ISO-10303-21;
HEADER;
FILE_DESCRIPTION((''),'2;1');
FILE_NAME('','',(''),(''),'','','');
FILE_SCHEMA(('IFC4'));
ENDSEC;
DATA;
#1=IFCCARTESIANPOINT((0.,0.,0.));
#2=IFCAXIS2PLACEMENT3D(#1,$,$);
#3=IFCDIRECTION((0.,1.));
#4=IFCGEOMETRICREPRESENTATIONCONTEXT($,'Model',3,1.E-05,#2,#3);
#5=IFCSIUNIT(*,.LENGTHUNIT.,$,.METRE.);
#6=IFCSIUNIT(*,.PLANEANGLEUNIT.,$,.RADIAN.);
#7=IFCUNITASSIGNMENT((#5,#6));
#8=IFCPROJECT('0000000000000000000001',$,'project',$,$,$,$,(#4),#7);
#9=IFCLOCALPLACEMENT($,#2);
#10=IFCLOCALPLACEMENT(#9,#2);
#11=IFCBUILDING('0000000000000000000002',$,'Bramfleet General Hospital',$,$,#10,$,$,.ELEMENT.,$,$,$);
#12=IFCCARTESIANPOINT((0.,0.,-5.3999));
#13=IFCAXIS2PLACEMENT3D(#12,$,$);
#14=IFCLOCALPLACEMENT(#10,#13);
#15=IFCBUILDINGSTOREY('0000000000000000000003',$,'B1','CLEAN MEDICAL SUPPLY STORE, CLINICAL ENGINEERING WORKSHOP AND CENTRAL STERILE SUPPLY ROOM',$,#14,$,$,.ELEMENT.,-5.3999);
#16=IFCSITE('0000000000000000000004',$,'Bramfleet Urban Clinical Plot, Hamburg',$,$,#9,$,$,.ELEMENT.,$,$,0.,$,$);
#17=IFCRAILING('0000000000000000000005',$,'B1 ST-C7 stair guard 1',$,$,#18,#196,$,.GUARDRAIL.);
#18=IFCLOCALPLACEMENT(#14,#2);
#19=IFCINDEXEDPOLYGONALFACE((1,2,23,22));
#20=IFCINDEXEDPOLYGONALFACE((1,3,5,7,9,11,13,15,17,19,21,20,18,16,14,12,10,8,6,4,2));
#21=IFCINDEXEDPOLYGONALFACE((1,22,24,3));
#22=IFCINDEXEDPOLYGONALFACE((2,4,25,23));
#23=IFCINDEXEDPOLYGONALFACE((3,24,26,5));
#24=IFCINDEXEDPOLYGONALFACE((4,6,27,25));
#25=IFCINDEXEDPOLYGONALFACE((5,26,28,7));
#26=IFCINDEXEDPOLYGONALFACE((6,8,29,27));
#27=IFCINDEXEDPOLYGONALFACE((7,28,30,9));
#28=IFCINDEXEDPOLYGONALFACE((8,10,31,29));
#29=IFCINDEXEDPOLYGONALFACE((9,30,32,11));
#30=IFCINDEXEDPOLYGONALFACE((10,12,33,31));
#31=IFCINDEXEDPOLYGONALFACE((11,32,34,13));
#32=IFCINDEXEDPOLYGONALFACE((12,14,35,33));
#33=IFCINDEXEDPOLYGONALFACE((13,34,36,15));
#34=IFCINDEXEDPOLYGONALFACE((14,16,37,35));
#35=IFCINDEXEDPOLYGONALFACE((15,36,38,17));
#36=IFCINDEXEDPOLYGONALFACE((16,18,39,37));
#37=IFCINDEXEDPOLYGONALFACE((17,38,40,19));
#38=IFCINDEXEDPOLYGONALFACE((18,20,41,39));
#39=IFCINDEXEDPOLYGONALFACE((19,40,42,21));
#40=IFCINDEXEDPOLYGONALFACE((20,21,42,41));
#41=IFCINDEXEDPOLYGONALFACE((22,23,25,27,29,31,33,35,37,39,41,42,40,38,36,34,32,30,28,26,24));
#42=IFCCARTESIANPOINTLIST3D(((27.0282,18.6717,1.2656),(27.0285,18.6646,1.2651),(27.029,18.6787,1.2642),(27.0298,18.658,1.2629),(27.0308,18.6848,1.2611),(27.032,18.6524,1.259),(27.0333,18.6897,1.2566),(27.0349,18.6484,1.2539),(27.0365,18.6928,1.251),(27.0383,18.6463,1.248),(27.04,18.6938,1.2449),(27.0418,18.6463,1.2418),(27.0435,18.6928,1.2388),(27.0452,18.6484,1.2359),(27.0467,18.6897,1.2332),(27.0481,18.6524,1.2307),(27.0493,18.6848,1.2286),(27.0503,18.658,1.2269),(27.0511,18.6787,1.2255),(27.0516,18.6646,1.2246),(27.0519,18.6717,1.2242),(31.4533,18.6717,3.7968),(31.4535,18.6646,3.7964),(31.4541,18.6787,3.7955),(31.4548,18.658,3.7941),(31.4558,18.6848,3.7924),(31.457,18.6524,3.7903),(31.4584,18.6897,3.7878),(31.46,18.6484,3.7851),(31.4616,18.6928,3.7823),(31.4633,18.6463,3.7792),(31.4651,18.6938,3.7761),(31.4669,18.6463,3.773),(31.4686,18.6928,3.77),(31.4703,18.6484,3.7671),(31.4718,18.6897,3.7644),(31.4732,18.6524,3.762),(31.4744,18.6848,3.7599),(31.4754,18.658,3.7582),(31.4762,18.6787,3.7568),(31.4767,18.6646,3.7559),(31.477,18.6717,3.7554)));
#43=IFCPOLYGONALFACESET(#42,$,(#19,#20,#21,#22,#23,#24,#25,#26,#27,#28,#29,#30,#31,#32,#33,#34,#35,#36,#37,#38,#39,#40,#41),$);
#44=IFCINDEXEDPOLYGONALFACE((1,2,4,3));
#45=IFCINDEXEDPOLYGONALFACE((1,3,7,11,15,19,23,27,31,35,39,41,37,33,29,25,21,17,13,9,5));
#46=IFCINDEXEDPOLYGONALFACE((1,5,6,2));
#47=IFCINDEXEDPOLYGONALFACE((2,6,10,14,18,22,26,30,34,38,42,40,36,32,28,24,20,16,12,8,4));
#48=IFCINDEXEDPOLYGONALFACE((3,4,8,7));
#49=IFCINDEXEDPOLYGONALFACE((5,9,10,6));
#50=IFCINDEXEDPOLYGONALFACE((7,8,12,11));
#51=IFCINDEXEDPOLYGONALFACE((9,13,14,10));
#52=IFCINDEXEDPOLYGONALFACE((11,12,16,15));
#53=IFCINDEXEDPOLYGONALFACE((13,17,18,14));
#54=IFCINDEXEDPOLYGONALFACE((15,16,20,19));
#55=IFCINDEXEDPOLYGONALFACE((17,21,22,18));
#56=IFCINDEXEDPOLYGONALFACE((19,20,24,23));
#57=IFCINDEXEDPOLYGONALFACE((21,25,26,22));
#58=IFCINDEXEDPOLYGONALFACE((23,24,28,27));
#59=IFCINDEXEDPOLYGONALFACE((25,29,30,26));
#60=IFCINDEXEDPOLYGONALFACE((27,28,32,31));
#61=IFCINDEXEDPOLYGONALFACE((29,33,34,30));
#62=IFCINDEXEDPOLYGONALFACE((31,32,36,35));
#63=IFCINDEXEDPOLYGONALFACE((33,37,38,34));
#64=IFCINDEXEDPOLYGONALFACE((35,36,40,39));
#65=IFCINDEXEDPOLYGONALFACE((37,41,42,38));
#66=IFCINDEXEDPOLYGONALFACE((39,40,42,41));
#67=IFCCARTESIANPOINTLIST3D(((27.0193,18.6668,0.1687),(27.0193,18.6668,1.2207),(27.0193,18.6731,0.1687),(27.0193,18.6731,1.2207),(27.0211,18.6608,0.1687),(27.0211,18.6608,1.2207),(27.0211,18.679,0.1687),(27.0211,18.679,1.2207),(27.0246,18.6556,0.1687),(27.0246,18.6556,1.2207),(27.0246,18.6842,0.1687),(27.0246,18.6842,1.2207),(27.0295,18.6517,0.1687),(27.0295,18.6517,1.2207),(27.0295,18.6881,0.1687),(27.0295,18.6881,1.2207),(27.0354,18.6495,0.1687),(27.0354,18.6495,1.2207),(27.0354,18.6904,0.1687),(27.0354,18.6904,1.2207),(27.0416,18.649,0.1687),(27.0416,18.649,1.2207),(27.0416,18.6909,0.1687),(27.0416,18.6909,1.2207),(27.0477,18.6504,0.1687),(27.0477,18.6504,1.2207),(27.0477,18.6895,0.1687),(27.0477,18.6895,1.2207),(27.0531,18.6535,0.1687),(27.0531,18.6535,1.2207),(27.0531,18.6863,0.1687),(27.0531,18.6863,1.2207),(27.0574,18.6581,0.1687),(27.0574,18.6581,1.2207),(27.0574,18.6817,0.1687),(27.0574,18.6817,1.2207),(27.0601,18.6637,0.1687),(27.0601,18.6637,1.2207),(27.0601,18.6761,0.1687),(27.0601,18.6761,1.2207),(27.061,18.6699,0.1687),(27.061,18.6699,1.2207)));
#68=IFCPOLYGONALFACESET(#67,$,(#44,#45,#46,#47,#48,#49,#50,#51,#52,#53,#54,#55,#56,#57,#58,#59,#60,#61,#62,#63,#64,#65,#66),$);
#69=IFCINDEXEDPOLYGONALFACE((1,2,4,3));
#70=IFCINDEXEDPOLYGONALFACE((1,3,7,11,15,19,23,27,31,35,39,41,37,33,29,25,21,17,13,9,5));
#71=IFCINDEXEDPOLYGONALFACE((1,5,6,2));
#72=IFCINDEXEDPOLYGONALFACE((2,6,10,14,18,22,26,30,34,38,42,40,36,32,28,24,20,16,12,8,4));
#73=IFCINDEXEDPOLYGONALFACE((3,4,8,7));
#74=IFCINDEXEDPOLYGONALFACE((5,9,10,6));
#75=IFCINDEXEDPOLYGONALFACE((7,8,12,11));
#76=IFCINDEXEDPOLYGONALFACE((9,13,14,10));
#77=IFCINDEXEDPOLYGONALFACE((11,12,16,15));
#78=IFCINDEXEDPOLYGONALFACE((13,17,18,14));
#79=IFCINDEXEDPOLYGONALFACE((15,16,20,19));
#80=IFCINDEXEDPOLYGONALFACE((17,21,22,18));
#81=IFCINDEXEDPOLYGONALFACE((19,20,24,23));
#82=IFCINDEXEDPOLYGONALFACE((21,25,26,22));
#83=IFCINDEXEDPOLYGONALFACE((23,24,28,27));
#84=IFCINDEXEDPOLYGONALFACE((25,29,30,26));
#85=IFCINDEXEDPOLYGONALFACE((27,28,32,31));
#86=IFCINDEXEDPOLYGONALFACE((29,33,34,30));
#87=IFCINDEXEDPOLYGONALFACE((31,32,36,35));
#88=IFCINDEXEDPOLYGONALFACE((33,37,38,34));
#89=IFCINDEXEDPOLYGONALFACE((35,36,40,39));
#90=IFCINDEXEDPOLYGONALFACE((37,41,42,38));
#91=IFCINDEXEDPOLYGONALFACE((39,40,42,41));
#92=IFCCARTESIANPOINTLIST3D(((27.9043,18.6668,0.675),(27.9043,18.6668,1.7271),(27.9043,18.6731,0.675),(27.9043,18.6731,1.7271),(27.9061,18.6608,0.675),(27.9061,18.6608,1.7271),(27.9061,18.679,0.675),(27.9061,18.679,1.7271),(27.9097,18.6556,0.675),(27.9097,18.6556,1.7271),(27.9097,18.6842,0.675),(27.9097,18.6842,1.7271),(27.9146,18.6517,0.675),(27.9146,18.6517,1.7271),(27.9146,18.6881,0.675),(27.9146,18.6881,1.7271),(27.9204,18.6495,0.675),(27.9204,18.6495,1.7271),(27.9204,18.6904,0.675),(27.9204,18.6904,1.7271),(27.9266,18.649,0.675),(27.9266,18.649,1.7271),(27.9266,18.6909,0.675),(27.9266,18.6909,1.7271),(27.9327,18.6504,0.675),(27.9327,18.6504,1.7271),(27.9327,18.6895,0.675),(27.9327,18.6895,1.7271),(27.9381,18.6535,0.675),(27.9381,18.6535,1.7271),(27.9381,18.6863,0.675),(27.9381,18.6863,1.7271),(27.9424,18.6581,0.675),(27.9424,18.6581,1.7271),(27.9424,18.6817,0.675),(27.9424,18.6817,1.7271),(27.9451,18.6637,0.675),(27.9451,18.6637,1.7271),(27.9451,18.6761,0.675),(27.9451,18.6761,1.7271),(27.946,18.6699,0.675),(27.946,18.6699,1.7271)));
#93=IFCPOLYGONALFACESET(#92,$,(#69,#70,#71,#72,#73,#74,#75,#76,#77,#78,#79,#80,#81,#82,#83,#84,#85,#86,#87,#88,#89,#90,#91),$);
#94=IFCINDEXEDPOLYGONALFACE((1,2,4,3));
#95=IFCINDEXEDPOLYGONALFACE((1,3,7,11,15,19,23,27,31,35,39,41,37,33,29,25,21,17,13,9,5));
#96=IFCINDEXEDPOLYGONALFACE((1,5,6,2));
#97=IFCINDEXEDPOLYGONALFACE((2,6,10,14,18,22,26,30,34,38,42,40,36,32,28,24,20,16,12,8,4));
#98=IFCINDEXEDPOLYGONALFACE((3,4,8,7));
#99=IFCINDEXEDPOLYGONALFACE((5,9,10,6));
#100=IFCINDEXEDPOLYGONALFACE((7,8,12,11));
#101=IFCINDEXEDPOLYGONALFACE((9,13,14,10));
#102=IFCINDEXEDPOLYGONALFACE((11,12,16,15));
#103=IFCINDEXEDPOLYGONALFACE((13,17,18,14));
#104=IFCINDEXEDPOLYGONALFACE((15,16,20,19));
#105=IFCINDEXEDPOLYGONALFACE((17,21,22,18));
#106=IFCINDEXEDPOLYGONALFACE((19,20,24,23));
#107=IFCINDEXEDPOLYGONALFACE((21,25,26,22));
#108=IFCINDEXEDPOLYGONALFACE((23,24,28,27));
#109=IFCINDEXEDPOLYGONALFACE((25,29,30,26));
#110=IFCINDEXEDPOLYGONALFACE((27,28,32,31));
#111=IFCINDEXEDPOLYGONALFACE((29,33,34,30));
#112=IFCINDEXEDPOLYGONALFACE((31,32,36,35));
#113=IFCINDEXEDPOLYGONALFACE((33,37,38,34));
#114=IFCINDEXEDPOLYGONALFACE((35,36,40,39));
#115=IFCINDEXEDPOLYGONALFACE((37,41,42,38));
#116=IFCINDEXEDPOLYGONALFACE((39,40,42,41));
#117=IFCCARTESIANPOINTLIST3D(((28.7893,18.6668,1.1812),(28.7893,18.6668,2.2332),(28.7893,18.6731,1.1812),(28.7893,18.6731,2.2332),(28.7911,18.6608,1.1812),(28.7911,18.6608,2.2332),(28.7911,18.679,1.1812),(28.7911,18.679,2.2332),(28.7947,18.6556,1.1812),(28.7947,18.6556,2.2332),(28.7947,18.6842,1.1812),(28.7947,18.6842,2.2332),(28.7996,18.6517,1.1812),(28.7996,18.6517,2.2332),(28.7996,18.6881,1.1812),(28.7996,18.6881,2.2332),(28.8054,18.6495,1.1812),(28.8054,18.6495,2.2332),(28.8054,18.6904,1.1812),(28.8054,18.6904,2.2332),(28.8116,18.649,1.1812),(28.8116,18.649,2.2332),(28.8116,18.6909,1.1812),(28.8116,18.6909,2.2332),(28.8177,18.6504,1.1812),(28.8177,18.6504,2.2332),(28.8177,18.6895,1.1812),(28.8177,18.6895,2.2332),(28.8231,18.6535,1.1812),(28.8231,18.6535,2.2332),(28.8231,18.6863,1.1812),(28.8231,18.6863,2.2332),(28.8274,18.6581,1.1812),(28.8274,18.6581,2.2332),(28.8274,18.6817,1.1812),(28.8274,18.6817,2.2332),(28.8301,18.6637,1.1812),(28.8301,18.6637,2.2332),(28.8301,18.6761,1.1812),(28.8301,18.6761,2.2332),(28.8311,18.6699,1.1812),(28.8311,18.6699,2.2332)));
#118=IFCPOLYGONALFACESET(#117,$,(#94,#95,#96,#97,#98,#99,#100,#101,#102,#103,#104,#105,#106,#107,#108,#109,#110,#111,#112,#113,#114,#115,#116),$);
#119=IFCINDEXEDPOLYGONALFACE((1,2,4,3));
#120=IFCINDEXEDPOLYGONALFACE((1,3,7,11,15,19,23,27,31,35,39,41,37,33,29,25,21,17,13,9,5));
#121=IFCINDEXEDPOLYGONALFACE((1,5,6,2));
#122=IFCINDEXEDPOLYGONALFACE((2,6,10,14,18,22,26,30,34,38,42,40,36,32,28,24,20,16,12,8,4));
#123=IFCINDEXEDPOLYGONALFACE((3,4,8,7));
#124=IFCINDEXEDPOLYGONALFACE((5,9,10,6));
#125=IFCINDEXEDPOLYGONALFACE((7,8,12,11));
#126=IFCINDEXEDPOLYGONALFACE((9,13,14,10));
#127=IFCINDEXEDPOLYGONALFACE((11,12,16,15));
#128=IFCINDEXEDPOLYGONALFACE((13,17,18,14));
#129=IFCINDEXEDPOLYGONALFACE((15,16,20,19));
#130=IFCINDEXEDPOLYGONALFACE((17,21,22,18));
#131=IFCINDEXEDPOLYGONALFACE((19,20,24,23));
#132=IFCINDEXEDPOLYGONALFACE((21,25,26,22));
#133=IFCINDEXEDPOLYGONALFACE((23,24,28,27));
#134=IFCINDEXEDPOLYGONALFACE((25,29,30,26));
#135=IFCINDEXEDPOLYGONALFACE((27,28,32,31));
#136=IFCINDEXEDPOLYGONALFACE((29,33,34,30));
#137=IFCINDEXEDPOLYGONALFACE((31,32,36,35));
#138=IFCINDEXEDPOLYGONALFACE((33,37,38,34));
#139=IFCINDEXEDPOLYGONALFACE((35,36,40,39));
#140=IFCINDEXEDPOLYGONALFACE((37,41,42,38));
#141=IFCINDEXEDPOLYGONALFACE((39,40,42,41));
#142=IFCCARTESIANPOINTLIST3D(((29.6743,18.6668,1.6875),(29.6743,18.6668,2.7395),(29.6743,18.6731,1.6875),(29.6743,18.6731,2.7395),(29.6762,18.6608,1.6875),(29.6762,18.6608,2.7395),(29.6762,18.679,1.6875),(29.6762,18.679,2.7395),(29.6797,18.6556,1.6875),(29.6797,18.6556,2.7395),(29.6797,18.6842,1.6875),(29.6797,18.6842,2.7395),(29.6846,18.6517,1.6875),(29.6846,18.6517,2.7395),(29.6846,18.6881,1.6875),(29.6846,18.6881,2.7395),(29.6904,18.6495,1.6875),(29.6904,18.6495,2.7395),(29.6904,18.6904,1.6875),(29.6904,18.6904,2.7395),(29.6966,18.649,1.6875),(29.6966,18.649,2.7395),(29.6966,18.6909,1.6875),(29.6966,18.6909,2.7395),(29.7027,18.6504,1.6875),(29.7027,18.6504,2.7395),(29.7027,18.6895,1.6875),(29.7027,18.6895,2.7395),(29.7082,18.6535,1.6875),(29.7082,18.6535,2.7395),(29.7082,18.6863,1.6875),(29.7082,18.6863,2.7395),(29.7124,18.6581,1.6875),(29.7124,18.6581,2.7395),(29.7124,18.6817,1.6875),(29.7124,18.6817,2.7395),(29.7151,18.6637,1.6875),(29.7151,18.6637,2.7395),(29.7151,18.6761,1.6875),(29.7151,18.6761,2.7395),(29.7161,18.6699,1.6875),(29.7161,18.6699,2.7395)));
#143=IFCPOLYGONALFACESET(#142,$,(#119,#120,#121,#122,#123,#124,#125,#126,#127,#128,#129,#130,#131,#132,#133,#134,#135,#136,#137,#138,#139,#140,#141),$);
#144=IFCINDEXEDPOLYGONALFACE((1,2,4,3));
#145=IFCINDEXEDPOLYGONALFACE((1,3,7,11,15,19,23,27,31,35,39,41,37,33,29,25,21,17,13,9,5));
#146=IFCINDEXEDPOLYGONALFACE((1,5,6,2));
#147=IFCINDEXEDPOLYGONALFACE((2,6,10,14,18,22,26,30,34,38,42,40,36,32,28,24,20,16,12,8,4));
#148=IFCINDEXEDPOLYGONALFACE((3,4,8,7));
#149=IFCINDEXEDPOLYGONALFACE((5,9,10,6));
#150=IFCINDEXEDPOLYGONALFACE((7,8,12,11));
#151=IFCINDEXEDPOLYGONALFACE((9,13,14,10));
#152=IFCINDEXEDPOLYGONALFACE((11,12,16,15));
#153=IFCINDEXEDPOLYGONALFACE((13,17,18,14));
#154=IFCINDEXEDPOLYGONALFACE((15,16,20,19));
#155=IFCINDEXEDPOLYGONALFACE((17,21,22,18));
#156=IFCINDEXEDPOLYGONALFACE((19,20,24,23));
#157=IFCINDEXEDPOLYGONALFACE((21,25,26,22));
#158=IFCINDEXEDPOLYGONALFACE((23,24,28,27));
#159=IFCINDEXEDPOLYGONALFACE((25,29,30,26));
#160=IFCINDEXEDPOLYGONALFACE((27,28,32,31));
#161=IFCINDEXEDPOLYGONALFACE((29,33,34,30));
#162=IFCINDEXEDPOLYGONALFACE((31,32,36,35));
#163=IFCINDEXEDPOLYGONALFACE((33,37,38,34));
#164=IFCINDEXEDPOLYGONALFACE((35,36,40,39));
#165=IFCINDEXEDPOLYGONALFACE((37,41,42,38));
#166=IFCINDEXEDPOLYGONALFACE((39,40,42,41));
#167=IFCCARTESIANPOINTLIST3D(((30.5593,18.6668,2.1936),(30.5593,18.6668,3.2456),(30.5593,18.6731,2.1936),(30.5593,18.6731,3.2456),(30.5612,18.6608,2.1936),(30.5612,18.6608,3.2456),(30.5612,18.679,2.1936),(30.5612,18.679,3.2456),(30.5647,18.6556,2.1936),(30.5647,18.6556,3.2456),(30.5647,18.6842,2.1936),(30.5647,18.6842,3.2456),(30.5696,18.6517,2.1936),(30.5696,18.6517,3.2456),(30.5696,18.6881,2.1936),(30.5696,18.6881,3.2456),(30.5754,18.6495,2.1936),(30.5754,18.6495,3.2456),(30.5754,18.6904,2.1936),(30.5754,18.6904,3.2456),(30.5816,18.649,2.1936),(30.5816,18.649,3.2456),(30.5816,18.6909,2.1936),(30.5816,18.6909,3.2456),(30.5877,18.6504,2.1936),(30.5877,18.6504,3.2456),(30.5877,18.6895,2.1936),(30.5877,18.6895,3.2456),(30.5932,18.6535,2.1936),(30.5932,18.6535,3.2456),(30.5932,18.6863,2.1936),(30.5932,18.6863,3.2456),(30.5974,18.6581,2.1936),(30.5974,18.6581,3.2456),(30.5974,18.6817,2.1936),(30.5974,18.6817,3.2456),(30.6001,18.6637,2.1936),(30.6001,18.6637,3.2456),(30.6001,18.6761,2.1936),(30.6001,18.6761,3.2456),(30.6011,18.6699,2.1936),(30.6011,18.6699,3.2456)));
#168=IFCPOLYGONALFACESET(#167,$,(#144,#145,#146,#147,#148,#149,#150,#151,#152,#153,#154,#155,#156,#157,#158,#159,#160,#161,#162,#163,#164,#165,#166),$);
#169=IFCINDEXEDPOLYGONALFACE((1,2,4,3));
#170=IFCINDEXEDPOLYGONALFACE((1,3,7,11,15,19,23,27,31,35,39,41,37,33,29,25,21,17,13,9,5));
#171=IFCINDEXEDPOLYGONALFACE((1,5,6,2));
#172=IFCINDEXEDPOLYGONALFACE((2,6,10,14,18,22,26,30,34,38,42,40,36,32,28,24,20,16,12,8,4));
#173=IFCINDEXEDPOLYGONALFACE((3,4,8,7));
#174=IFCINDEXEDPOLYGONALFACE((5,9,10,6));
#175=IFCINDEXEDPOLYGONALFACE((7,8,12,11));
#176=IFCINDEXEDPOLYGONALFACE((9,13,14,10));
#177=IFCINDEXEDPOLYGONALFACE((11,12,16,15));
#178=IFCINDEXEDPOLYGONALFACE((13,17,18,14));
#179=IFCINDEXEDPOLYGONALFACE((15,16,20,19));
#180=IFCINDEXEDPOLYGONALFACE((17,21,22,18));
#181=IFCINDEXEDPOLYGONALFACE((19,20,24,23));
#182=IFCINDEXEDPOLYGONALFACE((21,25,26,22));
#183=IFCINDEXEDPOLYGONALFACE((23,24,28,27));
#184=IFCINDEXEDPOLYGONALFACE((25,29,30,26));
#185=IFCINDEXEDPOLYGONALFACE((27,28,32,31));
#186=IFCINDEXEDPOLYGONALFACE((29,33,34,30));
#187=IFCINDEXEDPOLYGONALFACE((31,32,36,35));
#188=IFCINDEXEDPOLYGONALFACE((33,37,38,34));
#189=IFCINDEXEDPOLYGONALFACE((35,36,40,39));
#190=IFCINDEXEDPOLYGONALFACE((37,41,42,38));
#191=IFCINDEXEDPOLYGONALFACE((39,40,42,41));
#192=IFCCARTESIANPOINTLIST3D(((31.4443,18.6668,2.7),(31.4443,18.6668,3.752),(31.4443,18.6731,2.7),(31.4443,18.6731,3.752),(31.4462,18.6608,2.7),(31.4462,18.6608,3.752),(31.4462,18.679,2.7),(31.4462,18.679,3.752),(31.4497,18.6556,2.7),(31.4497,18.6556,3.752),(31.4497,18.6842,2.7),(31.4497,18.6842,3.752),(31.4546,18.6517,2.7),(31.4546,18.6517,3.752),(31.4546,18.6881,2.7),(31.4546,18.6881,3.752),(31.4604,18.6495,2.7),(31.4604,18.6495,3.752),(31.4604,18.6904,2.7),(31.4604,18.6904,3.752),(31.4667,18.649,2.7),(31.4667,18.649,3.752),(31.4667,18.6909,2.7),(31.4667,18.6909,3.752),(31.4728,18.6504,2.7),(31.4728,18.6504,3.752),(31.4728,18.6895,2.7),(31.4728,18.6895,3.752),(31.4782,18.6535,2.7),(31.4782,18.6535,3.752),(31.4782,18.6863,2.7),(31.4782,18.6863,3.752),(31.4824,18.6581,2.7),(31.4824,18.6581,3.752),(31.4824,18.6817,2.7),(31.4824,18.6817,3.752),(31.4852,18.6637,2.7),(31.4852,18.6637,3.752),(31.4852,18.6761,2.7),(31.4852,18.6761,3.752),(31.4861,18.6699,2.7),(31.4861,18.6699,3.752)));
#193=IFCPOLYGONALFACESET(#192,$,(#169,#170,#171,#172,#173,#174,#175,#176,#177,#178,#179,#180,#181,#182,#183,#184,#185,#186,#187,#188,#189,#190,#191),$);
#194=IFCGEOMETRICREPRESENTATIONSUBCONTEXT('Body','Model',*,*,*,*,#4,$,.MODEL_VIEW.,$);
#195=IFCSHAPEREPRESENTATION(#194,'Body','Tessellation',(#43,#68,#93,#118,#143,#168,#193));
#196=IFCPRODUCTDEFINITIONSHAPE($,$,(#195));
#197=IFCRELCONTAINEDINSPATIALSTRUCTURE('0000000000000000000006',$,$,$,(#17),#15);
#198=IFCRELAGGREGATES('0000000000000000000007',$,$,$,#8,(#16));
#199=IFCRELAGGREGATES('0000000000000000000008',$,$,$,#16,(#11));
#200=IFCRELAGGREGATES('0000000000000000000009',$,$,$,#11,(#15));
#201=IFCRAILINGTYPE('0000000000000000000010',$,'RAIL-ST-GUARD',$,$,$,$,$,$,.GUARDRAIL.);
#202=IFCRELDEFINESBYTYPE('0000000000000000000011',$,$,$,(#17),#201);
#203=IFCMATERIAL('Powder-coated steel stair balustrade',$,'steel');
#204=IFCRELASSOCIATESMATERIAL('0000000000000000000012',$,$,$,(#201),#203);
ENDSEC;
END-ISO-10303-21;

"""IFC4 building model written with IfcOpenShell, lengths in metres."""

from ifc_helpers import new_model, si_unit, direction, frame, origin, origin_2d, place, context, subcontext, project, spatial, circle, extrude, material, type_object, element, save


model = new_model("IFC4")

# Units and contexts
model_context = context("Model", 3, precision=1e-05, world=origin(), true_north=direction((0.0, 1.0)))
body_context = subcontext(model_context, "Body", "Model", "MODEL_VIEW")
ifc_project = project(units=[si_unit("LENGTHUNIT", "METRE"), si_unit("PLANEANGLEUNIT", "RADIAN")], contexts=[model_context])

# Site, building, storey
site_placement = place(None, origin())
site = spatial("IfcSite", under=ifc_project, at=site_placement, Name="Bramfleet Urban Clinical Plot, Hamburg", CompositionType="ELEMENT", RefElevation=0.0)
building_placement = place(site_placement, origin())
building = spatial("IfcBuilding", under=site, at=building_placement, Name="Bramfleet General Hospital", CompositionType="ELEMENT")
storey_placement = place(building_placement, frame((0.0, 0.0, -5.3999)))
storey = spatial("IfcBuildingStorey", under=building, at=storey_placement, Name="B1", Description="CLEAN MEDICAL SUPPLY STORE, CLINICAL ENGINEERING WORKSHOP AND CENTRAL STERILE SUPPLY ROOM", CompositionType="ELEMENT", Elevation=-5.3999)

# Railing
ifc_material_1 = material(Name="Powder-coated steel stair balustrade", Category="steel")
railing_type_1 = type_object("IfcRailingType", Name="RAIL-ST-GUARD", PredefinedType="GUARDRAIL", material=ifc_material_1)
railing_1_placement = place(storey_placement, frame((27.04, 18.6699, 0.1687)))
element("IfcRailing", 1, at=railing_1_placement, inside=storey, type_object=railing_type_1, Name="B1 ST-C7 stair guard 1", PredefinedType="GUARDRAIL", context=body_context, shape_type="SweptSolid", body=[
    extrude(circle(Radius=0.0239, at=origin_2d()), frame((0.0, 0.0, 1.0762), z_axis=(0.868019, 0.0, 0.496531), x_axis=(0.0, 1.0, 0.0)), (0.0, 0.0, 1.0), 5.0979),
    extrude(circle(Radius=0.021, at=origin_2d()), origin(), (0.0, 0.0, 1.0), 1.052),
    extrude(circle(Radius=0.021, at=origin_2d()), frame((0.885, 0.0, 0.5063)), (0.0, 0.0, 1.0), 1.052),
    extrude(circle(Radius=0.021, at=origin_2d()), frame((1.77, 0.0, 1.0125)), (0.0, 0.0, 1.0), 1.052),
    extrude(circle(Radius=0.021, at=origin_2d()), frame((2.655, 0.0, 1.5188)), (0.0, 0.0, 1.0), 1.052),
    extrude(circle(Radius=0.021, at=origin_2d()), frame((3.54, 0.0, 2.0249)), (0.0, 0.0, 1.0), 1.052),
    extrude(circle(Radius=0.021, at=origin_2d()), frame((4.425, 0.0, 2.5312)), (0.0, 0.0, 1.0), 1.052),
])

save(model, "model.ifc")
